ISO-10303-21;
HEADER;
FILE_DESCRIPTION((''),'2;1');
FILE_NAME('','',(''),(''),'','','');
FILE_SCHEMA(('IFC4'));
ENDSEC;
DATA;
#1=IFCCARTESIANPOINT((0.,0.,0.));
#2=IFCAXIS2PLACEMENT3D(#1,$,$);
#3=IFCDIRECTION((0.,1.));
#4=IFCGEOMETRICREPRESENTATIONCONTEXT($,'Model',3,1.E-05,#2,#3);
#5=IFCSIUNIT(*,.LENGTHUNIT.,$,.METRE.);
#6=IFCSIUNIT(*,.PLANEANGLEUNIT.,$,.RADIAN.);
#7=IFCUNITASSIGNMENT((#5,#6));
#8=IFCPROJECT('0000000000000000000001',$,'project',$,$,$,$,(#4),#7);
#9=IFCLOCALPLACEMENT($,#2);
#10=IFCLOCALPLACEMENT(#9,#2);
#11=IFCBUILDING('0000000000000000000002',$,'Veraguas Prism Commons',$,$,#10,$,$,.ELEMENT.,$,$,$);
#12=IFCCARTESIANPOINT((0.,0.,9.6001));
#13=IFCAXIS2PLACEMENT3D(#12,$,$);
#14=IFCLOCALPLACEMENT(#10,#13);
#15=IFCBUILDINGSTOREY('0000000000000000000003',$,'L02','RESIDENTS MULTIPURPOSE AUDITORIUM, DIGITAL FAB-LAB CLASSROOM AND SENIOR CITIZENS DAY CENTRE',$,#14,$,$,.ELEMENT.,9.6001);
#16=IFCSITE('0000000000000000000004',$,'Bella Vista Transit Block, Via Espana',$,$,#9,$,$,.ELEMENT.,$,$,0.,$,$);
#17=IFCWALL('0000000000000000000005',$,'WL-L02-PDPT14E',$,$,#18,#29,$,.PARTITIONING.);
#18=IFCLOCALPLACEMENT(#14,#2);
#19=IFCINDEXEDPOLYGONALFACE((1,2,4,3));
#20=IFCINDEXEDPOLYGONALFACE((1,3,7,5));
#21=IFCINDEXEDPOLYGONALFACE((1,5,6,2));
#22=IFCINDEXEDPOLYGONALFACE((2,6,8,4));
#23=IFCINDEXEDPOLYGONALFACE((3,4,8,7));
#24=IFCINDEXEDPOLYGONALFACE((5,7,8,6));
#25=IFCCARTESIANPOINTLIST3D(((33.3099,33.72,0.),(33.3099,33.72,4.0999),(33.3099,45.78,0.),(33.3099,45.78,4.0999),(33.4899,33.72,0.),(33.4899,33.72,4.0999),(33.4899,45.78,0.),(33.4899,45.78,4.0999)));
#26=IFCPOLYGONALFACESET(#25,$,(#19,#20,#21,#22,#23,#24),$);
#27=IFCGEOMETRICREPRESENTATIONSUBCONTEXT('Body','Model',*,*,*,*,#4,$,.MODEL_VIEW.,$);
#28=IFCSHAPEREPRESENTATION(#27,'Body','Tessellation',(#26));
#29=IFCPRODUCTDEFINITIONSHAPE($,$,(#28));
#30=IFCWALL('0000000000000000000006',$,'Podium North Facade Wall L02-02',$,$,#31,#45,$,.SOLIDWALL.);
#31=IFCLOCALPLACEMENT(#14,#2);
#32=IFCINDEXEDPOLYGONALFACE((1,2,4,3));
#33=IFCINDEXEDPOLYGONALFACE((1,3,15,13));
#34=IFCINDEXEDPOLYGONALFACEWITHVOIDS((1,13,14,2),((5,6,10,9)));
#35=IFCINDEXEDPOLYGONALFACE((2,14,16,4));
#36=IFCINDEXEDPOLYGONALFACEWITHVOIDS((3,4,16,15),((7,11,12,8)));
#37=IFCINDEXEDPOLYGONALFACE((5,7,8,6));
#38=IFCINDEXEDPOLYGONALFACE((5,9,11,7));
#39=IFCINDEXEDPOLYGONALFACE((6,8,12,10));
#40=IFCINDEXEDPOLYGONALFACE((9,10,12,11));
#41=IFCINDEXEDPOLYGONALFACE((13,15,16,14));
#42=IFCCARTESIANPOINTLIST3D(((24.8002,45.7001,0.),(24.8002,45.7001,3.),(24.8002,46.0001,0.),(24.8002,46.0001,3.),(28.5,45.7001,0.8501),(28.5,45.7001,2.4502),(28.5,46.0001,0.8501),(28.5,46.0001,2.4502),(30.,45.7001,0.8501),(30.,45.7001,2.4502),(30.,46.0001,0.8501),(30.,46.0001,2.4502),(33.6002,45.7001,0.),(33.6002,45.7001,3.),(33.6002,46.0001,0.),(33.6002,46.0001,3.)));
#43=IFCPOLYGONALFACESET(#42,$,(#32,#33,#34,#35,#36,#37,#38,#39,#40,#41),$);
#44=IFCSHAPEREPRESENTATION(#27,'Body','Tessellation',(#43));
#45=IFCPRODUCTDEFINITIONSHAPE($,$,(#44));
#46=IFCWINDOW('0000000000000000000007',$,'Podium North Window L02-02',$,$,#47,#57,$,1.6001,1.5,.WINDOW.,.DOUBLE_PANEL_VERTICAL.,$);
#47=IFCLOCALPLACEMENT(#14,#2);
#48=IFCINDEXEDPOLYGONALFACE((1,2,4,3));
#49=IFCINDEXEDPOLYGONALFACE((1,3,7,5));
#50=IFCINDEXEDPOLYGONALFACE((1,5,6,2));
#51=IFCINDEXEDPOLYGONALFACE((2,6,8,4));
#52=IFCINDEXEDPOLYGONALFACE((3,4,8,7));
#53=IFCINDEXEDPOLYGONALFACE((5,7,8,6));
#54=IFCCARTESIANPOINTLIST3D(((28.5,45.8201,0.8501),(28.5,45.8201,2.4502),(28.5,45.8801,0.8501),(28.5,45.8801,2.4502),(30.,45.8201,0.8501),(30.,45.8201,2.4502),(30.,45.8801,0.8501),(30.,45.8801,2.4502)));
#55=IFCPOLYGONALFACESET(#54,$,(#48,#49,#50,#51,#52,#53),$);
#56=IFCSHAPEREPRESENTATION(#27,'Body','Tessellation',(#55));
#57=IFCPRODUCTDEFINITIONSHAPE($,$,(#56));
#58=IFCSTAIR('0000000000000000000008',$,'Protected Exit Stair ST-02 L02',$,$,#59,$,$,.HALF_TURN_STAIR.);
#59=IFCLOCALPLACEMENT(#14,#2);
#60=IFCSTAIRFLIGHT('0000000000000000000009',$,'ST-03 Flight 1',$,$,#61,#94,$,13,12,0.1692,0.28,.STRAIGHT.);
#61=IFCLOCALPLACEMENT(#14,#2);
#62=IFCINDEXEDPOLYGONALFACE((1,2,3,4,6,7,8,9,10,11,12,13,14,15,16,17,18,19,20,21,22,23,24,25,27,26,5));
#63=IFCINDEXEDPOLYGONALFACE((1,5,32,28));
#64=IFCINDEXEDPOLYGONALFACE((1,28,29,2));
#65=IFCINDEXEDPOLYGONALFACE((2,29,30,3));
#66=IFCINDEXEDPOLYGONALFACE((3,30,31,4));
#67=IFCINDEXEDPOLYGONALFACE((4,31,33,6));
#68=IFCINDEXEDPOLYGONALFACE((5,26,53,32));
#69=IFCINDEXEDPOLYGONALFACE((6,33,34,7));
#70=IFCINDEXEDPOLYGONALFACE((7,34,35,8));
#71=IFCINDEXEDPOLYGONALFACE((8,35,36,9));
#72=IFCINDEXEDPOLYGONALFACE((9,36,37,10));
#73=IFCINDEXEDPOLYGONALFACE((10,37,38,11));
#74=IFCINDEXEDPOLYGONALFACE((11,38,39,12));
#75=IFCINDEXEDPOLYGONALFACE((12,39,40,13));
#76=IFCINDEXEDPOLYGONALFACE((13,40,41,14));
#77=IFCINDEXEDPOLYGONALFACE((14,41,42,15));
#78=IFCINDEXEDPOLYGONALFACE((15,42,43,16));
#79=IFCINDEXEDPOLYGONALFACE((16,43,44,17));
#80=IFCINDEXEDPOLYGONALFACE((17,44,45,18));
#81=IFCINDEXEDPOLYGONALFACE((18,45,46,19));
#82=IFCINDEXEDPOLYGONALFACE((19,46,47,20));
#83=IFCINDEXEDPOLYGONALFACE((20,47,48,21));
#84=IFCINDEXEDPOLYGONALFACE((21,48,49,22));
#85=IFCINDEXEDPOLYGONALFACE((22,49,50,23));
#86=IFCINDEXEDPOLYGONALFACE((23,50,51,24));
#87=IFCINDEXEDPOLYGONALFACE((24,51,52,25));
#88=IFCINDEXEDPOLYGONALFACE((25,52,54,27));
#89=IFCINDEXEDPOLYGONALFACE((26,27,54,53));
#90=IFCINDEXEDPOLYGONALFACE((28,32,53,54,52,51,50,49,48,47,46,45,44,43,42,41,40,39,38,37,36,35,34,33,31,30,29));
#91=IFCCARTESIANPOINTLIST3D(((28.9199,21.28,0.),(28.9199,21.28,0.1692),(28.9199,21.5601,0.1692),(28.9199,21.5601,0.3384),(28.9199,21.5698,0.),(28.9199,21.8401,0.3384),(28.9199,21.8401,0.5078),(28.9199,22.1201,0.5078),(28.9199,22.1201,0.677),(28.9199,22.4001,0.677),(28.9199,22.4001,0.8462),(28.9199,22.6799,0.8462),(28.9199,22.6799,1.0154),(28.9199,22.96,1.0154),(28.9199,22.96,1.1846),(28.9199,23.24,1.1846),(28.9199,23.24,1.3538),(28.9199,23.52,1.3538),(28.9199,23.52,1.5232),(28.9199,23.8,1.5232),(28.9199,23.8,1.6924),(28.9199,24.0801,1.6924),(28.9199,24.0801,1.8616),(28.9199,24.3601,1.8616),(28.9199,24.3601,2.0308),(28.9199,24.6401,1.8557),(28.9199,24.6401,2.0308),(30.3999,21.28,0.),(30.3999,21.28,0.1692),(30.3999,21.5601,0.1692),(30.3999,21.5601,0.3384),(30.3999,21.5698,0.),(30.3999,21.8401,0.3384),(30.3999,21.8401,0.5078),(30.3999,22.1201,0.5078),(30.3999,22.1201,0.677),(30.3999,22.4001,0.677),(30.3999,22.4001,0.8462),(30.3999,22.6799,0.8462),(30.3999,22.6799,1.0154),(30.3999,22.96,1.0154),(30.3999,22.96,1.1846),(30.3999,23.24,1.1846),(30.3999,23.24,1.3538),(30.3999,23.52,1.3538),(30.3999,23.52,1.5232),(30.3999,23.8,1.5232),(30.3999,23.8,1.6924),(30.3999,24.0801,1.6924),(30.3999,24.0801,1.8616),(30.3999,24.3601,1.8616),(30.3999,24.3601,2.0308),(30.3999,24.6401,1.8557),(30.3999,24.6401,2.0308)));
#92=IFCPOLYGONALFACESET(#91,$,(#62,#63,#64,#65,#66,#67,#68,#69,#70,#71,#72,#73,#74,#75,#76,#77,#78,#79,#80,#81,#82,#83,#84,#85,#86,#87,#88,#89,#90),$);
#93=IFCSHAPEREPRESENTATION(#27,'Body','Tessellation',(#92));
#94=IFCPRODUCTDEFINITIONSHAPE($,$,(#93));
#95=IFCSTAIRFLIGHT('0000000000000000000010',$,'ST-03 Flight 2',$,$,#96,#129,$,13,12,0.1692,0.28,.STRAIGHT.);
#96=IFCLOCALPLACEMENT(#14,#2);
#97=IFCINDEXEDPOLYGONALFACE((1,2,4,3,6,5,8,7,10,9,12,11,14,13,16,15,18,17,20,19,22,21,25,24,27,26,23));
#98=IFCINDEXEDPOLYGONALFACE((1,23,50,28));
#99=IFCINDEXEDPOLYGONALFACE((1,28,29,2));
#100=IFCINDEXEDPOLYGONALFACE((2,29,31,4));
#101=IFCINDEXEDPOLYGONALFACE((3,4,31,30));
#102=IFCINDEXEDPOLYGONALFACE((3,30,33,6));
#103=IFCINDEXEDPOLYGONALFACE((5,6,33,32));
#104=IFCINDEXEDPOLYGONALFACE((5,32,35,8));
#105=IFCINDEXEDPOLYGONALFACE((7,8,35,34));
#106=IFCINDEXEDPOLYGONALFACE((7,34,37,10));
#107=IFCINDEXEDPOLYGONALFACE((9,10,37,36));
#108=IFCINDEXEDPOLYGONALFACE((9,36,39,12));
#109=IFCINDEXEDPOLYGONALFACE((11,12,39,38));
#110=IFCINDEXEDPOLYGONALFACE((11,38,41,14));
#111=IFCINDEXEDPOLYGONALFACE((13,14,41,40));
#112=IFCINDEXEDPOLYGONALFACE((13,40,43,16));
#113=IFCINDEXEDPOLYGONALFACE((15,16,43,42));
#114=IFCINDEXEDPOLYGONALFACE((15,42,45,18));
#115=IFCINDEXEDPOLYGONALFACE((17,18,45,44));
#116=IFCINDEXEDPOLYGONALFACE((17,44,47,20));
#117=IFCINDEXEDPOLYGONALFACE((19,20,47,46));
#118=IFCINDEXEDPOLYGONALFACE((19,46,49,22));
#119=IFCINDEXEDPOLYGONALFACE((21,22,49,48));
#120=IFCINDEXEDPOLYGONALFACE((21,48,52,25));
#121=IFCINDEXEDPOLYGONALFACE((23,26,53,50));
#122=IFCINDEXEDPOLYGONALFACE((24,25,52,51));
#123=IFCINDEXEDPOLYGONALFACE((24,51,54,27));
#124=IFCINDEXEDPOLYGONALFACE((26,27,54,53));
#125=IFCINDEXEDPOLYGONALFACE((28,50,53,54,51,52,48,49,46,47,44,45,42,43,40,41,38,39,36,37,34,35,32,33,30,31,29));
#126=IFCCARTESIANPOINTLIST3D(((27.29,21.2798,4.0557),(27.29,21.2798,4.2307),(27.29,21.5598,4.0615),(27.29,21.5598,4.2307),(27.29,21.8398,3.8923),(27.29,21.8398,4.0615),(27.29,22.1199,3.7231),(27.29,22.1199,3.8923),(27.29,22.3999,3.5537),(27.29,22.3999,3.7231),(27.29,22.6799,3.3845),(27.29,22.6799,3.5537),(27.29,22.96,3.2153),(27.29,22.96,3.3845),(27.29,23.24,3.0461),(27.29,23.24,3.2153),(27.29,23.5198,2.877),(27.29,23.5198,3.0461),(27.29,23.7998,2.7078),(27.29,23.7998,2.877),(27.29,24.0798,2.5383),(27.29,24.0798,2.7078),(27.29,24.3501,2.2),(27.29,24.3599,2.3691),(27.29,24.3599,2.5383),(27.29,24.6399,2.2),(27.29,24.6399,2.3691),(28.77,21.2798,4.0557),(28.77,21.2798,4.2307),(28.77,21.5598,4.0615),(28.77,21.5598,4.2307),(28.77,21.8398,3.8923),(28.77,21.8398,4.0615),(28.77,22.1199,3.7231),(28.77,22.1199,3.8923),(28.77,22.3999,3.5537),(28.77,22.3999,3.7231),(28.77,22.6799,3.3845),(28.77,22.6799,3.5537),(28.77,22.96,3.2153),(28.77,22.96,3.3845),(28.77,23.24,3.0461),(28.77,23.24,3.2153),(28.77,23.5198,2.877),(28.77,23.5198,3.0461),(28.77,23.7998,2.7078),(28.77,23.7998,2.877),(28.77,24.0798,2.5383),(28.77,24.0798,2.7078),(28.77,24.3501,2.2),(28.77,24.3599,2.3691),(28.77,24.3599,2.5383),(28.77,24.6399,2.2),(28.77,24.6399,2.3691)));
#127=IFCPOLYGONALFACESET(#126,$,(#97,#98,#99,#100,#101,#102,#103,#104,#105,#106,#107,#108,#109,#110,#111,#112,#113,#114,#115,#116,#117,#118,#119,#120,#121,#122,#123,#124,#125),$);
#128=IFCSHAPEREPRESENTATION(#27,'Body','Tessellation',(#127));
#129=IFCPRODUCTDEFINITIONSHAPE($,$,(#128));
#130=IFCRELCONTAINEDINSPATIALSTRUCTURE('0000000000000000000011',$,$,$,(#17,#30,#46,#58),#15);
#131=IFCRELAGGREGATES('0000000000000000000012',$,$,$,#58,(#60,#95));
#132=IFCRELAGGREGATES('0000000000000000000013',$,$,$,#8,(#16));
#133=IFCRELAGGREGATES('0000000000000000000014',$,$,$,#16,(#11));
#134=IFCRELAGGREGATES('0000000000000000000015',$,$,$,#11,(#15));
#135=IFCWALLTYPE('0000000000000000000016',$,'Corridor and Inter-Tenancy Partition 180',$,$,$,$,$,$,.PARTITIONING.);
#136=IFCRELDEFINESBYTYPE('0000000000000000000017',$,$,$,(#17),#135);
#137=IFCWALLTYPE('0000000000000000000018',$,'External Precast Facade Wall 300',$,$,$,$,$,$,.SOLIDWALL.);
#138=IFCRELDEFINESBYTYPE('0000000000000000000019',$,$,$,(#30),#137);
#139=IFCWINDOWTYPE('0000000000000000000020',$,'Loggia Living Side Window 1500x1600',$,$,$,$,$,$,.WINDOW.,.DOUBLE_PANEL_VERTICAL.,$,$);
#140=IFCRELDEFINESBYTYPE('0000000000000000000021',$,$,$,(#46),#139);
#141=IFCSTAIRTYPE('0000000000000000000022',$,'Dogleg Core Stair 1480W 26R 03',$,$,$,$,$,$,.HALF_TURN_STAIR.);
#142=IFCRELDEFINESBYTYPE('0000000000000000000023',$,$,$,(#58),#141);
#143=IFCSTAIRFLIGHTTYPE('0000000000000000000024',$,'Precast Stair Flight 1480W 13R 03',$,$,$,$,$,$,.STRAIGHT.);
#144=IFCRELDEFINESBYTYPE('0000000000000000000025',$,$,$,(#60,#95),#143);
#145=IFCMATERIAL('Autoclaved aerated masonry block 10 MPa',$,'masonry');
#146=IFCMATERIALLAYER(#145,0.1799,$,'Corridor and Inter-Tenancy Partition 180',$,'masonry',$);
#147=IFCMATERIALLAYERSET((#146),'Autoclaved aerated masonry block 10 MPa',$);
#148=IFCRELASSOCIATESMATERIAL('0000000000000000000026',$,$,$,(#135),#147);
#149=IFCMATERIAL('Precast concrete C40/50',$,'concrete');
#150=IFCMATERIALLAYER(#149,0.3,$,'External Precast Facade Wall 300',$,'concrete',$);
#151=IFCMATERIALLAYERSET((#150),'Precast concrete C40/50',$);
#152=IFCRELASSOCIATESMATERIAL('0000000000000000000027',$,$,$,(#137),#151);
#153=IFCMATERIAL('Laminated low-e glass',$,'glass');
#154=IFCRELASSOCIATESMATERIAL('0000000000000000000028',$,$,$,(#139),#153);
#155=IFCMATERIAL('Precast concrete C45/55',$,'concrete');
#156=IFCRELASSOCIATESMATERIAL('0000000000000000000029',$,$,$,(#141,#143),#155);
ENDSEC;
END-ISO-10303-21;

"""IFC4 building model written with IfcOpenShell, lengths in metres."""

from ifc_helpers import new_model, si_unit, direction, frame, frame_2d, origin, place, context, subcontext, project, spatial, polyline, rectangle, outline, extrude, source, transform, mapped, material, layer, layer_set, type_object, element, fill, aggregate, save


model = new_model("IFC4")

# Units and contexts
model_context = context("Model", 3, precision=1e-05, world=origin(), true_north=direction((0.0, 1.0)))
body_context = subcontext(model_context, "Body", "Model", "MODEL_VIEW")
ifc_project = project(units=[si_unit("LENGTHUNIT", "METRE"), si_unit("PLANEANGLEUNIT", "RADIAN")], contexts=[model_context])

# Site, building, storey
site_placement = place(None, origin())
site = spatial("IfcSite", under=ifc_project, at=site_placement, Name="Bella Vista Transit Block, Via Espana", CompositionType="ELEMENT", RefElevation=0.0)
building_placement = place(site_placement, origin())
building = spatial("IfcBuilding", under=site, at=building_placement, Name="Veraguas Prism Commons", CompositionType="ELEMENT")
storey_placement = place(building_placement, frame((0.0, 0.0, 9.6001)))
storey = spatial("IfcBuildingStorey", under=building, at=storey_placement, Name="L02", Description="RESIDENTS MULTIPURPOSE AUDITORIUM, DIGITAL FAB-LAB CLASSROOM AND SENIOR CITIZENS DAY CENTRE", CompositionType="ELEMENT", Elevation=9.6001)

# Shared definitions
ifc_material_1 = material(Name="Autoclaved aerated masonry block 10 MPa", Category="masonry")
ifc_layer_1 = layer(ifc_material_1, 0.1799, Name="Corridor and Inter-Tenancy Partition 180", Category="masonry")
ifc_layer_set_1 = layer_set([ifc_layer_1], Name="Autoclaved aerated masonry block 10 MPa")
wall_type_1 = type_object("IfcWallType", Name="Corridor and Inter-Tenancy Partition 180", PredefinedType="PARTITIONING", material=ifc_layer_set_1)

# Wall
wall_1_placement = place(storey_placement, frame((33.3999, 33.72, 0.0), z_axis=(0.0, 0.0, 1.0), x_axis=(0.0, 1.0, 0.0)))
element("IfcWall", 1, at=wall_1_placement, inside=storey, type_object=wall_type_1, Name="WL-L02-PDPT14E", PredefinedType="PARTITIONING", context=body_context, shape_type="SweptSolid", body=[
    extrude(rectangle(XDim=12.0601, YDim=0.1799, at=frame_2d((6.03, 0.0))), origin(), (0.0, 0.0, 1.0), 4.0999),
])

# Wall, opening, window
ifc_material_2 = material(Name="Precast concrete C40/50", Category="concrete")
ifc_layer_2 = layer(ifc_material_2, 0.3, Name="External Precast Facade Wall 300", Category="concrete")
ifc_layer_set_2 = layer_set([ifc_layer_2], Name="Precast concrete C40/50")
wall_type_2 = type_object("IfcWallType", Name="External Precast Facade Wall 300", PredefinedType="SOLIDWALL", material=ifc_layer_set_2)
wall_2_placement = place(storey_placement, frame((33.6001, 45.8501, 0.0), z_axis=(0.0, 0.0, 1.0), x_axis=(-1.0, 0.0, 0.0)))
wall_2 = element("IfcWall", 2, at=wall_2_placement, inside=storey, type_object=wall_type_2, Name="Podium North Facade Wall L02-02", PredefinedType="SOLIDWALL", context=body_context, shape_type="SweptSolid", body=[
    extrude(rectangle(XDim=8.8, YDim=0.3, at=frame_2d((4.3999, 0.0))), origin(), (0.0, 0.0, 1.0), 3.0),
])
opening_1_placement = place(wall_2_placement, frame((3.6001, 0.0, 0.8501)))
opening_1 = element("IfcOpeningElement", 3, at=opening_1_placement, cuts=wall_2, PredefinedType="OPENING", context=body_context, shape_type="SweptSolid", body=[
    extrude(rectangle(XDim=1.5, YDim=1.6001, at=frame_2d((0.75, 0.8))), frame((0.0, 0.1599, 0.0), z_axis=(0.0, -1.0, 0.0), x_axis=(1.0, 0.0, 0.0)), (0.0, 0.0, 1.0), 0.3201),
])
ifc_material_3 = material(Name="Laminated low-e glass", Category="glass")
window_type = type_object("IfcWindowType", Name="Loggia Living Side Window 1500x1600", PartitioningType="DOUBLE_PANEL_VERTICAL", PredefinedType="WINDOW", material=ifc_material_3)
shared_shape_1 = source(origin(), body_context, "Body", "SweptSolid", [
    extrude(rectangle(XDim=1.5, YDim=1.6001, at=frame_2d((0.75, 0.8))), frame((0.0, 0.03, 0.0), z_axis=(0.0, -1.0, 0.0), x_axis=(1.0, 0.0, 0.0)), (0.0, 0.0, 1.0), 0.0601),
])
window_placement = place(opening_1_placement, origin())
window = element("IfcWindow", 4, at=window_placement, inside=storey, type_object=window_type, Name="Podium North Window L02-02", OverallHeight=1.6001, OverallWidth=1.5, PartitioningType="DOUBLE_PANEL_VERTICAL", PredefinedType="WINDOW", context=body_context, shape_type="MappedRepresentation", body=[
    mapped(shared_shape_1, transform((0.0, 0.0, 0.0), scale=1.0)),
])
fill(opening_1, window)

# Stair, stair flights
ifc_material_4 = material(Name="Precast concrete C45/55", Category="concrete")
stair_type = type_object("IfcStairType", Name="Dogleg Core Stair 1480W 26R 03", PredefinedType="HALF_TURN_STAIR", material=ifc_material_4)
stair_placement = place(storey_placement, origin())
stair = element("IfcStair", 5, at=stair_placement, inside=storey, type_object=stair_type, Name="Protected Exit Stair ST-02 L02", PredefinedType="HALF_TURN_STAIR")
stair_flight_type = type_object("IfcStairFlightType", Name="Precast Stair Flight 1480W 13R 03", PredefinedType="STRAIGHT", material=ifc_material_4)
stair_flight_1_placement = place(storey_placement, frame((29.6599, 21.28, 0.0), z_axis=(0.0, 0.0, 1.0), x_axis=(0.0, 1.0, 0.0)))
stair_flight_1 = element("IfcStairFlight", 6, at=stair_flight_1_placement, type_object=stair_flight_type, Name="ST-03 Flight 1", NumberOfRisers=13, NumberOfTreads=12, PredefinedType="STRAIGHT", RiserHeight=0.1692, TreadLength=0.28, context=body_context, shape_type="SweptSolid", body=[
    extrude(outline(polyline([(0.0, 0.0), (0.0, 0.1692), (0.28, 0.1692), (0.28, 0.3384), (0.5601, 0.3384), (0.5601, 0.5078), (0.8401, 0.5078), (0.8401, 0.677), (1.1201, 0.677), (1.1201, 0.8462), (1.3999, 0.8462), (1.3999, 1.0154), (1.6799, 1.0154), (1.6799, 1.1846), (1.96, 1.1846), (1.96, 1.3538), (2.24, 1.3538), (2.24, 1.5232), (2.52, 1.5232), (2.52, 1.6924), (2.8, 1.6924), (2.8, 1.8616), (3.0801, 1.8616), (3.0801, 2.0308), (3.3601, 2.0308), (3.3601, 2.2), (3.3601, 1.8557), (0.2898, 0.0), (0.0, 0.0)])), frame((0.0, 0.74, 0.0), z_axis=(0.0, -1.0, 0.0), x_axis=(1.0, 0.0, 0.0)), (0.0, 0.0, 1.0), 1.48),
])
stair_flight_2_placement = place(storey_placement, frame((28.03, 24.6399, 2.2), z_axis=(0.0, 0.0, 1.0), x_axis=(0.0, -1.0, 0.0)))
stair_flight_2 = element("IfcStairFlight", 7, at=stair_flight_2_placement, type_object=stair_flight_type, Name="ST-03 Flight 2", NumberOfRisers=13, NumberOfTreads=12, PredefinedType="STRAIGHT", RiserHeight=0.1692, TreadLength=0.28, context=body_context, shape_type="SweptSolid", body=[
    extrude(outline(polyline([(0.0, 0.0), (0.0, 0.1692), (0.28, 0.1692), (0.28, 0.3384), (0.5601, 0.3384), (0.5601, 0.5078), (0.8401, 0.5078), (0.8401, 0.677), (1.1201, 0.677), (1.1201, 0.8462), (1.3999, 0.8462), (1.3999, 1.0154), (1.6799, 1.0154), (1.6799, 1.1846), (1.96, 1.1846), (1.96, 1.3538), (2.24, 1.3538), (2.24, 1.5232), (2.52, 1.5232), (2.52, 1.6924), (2.8, 1.6924), (2.8, 1.8616), (3.0801, 1.8616), (3.0801, 2.0308), (3.3601, 2.0308), (3.3601, 2.2), (3.3601, 1.8557), (0.2898, 0.0), (0.0, 0.0)])), frame((0.0, 0.74, 0.0), z_axis=(0.0, -1.0, 0.0), x_axis=(1.0, 0.0, 0.0)), (0.0, 0.0, 1.0), 1.48),
])
aggregate(stair, [stair_flight_1, stair_flight_2])

save(model, "model.ifc")
